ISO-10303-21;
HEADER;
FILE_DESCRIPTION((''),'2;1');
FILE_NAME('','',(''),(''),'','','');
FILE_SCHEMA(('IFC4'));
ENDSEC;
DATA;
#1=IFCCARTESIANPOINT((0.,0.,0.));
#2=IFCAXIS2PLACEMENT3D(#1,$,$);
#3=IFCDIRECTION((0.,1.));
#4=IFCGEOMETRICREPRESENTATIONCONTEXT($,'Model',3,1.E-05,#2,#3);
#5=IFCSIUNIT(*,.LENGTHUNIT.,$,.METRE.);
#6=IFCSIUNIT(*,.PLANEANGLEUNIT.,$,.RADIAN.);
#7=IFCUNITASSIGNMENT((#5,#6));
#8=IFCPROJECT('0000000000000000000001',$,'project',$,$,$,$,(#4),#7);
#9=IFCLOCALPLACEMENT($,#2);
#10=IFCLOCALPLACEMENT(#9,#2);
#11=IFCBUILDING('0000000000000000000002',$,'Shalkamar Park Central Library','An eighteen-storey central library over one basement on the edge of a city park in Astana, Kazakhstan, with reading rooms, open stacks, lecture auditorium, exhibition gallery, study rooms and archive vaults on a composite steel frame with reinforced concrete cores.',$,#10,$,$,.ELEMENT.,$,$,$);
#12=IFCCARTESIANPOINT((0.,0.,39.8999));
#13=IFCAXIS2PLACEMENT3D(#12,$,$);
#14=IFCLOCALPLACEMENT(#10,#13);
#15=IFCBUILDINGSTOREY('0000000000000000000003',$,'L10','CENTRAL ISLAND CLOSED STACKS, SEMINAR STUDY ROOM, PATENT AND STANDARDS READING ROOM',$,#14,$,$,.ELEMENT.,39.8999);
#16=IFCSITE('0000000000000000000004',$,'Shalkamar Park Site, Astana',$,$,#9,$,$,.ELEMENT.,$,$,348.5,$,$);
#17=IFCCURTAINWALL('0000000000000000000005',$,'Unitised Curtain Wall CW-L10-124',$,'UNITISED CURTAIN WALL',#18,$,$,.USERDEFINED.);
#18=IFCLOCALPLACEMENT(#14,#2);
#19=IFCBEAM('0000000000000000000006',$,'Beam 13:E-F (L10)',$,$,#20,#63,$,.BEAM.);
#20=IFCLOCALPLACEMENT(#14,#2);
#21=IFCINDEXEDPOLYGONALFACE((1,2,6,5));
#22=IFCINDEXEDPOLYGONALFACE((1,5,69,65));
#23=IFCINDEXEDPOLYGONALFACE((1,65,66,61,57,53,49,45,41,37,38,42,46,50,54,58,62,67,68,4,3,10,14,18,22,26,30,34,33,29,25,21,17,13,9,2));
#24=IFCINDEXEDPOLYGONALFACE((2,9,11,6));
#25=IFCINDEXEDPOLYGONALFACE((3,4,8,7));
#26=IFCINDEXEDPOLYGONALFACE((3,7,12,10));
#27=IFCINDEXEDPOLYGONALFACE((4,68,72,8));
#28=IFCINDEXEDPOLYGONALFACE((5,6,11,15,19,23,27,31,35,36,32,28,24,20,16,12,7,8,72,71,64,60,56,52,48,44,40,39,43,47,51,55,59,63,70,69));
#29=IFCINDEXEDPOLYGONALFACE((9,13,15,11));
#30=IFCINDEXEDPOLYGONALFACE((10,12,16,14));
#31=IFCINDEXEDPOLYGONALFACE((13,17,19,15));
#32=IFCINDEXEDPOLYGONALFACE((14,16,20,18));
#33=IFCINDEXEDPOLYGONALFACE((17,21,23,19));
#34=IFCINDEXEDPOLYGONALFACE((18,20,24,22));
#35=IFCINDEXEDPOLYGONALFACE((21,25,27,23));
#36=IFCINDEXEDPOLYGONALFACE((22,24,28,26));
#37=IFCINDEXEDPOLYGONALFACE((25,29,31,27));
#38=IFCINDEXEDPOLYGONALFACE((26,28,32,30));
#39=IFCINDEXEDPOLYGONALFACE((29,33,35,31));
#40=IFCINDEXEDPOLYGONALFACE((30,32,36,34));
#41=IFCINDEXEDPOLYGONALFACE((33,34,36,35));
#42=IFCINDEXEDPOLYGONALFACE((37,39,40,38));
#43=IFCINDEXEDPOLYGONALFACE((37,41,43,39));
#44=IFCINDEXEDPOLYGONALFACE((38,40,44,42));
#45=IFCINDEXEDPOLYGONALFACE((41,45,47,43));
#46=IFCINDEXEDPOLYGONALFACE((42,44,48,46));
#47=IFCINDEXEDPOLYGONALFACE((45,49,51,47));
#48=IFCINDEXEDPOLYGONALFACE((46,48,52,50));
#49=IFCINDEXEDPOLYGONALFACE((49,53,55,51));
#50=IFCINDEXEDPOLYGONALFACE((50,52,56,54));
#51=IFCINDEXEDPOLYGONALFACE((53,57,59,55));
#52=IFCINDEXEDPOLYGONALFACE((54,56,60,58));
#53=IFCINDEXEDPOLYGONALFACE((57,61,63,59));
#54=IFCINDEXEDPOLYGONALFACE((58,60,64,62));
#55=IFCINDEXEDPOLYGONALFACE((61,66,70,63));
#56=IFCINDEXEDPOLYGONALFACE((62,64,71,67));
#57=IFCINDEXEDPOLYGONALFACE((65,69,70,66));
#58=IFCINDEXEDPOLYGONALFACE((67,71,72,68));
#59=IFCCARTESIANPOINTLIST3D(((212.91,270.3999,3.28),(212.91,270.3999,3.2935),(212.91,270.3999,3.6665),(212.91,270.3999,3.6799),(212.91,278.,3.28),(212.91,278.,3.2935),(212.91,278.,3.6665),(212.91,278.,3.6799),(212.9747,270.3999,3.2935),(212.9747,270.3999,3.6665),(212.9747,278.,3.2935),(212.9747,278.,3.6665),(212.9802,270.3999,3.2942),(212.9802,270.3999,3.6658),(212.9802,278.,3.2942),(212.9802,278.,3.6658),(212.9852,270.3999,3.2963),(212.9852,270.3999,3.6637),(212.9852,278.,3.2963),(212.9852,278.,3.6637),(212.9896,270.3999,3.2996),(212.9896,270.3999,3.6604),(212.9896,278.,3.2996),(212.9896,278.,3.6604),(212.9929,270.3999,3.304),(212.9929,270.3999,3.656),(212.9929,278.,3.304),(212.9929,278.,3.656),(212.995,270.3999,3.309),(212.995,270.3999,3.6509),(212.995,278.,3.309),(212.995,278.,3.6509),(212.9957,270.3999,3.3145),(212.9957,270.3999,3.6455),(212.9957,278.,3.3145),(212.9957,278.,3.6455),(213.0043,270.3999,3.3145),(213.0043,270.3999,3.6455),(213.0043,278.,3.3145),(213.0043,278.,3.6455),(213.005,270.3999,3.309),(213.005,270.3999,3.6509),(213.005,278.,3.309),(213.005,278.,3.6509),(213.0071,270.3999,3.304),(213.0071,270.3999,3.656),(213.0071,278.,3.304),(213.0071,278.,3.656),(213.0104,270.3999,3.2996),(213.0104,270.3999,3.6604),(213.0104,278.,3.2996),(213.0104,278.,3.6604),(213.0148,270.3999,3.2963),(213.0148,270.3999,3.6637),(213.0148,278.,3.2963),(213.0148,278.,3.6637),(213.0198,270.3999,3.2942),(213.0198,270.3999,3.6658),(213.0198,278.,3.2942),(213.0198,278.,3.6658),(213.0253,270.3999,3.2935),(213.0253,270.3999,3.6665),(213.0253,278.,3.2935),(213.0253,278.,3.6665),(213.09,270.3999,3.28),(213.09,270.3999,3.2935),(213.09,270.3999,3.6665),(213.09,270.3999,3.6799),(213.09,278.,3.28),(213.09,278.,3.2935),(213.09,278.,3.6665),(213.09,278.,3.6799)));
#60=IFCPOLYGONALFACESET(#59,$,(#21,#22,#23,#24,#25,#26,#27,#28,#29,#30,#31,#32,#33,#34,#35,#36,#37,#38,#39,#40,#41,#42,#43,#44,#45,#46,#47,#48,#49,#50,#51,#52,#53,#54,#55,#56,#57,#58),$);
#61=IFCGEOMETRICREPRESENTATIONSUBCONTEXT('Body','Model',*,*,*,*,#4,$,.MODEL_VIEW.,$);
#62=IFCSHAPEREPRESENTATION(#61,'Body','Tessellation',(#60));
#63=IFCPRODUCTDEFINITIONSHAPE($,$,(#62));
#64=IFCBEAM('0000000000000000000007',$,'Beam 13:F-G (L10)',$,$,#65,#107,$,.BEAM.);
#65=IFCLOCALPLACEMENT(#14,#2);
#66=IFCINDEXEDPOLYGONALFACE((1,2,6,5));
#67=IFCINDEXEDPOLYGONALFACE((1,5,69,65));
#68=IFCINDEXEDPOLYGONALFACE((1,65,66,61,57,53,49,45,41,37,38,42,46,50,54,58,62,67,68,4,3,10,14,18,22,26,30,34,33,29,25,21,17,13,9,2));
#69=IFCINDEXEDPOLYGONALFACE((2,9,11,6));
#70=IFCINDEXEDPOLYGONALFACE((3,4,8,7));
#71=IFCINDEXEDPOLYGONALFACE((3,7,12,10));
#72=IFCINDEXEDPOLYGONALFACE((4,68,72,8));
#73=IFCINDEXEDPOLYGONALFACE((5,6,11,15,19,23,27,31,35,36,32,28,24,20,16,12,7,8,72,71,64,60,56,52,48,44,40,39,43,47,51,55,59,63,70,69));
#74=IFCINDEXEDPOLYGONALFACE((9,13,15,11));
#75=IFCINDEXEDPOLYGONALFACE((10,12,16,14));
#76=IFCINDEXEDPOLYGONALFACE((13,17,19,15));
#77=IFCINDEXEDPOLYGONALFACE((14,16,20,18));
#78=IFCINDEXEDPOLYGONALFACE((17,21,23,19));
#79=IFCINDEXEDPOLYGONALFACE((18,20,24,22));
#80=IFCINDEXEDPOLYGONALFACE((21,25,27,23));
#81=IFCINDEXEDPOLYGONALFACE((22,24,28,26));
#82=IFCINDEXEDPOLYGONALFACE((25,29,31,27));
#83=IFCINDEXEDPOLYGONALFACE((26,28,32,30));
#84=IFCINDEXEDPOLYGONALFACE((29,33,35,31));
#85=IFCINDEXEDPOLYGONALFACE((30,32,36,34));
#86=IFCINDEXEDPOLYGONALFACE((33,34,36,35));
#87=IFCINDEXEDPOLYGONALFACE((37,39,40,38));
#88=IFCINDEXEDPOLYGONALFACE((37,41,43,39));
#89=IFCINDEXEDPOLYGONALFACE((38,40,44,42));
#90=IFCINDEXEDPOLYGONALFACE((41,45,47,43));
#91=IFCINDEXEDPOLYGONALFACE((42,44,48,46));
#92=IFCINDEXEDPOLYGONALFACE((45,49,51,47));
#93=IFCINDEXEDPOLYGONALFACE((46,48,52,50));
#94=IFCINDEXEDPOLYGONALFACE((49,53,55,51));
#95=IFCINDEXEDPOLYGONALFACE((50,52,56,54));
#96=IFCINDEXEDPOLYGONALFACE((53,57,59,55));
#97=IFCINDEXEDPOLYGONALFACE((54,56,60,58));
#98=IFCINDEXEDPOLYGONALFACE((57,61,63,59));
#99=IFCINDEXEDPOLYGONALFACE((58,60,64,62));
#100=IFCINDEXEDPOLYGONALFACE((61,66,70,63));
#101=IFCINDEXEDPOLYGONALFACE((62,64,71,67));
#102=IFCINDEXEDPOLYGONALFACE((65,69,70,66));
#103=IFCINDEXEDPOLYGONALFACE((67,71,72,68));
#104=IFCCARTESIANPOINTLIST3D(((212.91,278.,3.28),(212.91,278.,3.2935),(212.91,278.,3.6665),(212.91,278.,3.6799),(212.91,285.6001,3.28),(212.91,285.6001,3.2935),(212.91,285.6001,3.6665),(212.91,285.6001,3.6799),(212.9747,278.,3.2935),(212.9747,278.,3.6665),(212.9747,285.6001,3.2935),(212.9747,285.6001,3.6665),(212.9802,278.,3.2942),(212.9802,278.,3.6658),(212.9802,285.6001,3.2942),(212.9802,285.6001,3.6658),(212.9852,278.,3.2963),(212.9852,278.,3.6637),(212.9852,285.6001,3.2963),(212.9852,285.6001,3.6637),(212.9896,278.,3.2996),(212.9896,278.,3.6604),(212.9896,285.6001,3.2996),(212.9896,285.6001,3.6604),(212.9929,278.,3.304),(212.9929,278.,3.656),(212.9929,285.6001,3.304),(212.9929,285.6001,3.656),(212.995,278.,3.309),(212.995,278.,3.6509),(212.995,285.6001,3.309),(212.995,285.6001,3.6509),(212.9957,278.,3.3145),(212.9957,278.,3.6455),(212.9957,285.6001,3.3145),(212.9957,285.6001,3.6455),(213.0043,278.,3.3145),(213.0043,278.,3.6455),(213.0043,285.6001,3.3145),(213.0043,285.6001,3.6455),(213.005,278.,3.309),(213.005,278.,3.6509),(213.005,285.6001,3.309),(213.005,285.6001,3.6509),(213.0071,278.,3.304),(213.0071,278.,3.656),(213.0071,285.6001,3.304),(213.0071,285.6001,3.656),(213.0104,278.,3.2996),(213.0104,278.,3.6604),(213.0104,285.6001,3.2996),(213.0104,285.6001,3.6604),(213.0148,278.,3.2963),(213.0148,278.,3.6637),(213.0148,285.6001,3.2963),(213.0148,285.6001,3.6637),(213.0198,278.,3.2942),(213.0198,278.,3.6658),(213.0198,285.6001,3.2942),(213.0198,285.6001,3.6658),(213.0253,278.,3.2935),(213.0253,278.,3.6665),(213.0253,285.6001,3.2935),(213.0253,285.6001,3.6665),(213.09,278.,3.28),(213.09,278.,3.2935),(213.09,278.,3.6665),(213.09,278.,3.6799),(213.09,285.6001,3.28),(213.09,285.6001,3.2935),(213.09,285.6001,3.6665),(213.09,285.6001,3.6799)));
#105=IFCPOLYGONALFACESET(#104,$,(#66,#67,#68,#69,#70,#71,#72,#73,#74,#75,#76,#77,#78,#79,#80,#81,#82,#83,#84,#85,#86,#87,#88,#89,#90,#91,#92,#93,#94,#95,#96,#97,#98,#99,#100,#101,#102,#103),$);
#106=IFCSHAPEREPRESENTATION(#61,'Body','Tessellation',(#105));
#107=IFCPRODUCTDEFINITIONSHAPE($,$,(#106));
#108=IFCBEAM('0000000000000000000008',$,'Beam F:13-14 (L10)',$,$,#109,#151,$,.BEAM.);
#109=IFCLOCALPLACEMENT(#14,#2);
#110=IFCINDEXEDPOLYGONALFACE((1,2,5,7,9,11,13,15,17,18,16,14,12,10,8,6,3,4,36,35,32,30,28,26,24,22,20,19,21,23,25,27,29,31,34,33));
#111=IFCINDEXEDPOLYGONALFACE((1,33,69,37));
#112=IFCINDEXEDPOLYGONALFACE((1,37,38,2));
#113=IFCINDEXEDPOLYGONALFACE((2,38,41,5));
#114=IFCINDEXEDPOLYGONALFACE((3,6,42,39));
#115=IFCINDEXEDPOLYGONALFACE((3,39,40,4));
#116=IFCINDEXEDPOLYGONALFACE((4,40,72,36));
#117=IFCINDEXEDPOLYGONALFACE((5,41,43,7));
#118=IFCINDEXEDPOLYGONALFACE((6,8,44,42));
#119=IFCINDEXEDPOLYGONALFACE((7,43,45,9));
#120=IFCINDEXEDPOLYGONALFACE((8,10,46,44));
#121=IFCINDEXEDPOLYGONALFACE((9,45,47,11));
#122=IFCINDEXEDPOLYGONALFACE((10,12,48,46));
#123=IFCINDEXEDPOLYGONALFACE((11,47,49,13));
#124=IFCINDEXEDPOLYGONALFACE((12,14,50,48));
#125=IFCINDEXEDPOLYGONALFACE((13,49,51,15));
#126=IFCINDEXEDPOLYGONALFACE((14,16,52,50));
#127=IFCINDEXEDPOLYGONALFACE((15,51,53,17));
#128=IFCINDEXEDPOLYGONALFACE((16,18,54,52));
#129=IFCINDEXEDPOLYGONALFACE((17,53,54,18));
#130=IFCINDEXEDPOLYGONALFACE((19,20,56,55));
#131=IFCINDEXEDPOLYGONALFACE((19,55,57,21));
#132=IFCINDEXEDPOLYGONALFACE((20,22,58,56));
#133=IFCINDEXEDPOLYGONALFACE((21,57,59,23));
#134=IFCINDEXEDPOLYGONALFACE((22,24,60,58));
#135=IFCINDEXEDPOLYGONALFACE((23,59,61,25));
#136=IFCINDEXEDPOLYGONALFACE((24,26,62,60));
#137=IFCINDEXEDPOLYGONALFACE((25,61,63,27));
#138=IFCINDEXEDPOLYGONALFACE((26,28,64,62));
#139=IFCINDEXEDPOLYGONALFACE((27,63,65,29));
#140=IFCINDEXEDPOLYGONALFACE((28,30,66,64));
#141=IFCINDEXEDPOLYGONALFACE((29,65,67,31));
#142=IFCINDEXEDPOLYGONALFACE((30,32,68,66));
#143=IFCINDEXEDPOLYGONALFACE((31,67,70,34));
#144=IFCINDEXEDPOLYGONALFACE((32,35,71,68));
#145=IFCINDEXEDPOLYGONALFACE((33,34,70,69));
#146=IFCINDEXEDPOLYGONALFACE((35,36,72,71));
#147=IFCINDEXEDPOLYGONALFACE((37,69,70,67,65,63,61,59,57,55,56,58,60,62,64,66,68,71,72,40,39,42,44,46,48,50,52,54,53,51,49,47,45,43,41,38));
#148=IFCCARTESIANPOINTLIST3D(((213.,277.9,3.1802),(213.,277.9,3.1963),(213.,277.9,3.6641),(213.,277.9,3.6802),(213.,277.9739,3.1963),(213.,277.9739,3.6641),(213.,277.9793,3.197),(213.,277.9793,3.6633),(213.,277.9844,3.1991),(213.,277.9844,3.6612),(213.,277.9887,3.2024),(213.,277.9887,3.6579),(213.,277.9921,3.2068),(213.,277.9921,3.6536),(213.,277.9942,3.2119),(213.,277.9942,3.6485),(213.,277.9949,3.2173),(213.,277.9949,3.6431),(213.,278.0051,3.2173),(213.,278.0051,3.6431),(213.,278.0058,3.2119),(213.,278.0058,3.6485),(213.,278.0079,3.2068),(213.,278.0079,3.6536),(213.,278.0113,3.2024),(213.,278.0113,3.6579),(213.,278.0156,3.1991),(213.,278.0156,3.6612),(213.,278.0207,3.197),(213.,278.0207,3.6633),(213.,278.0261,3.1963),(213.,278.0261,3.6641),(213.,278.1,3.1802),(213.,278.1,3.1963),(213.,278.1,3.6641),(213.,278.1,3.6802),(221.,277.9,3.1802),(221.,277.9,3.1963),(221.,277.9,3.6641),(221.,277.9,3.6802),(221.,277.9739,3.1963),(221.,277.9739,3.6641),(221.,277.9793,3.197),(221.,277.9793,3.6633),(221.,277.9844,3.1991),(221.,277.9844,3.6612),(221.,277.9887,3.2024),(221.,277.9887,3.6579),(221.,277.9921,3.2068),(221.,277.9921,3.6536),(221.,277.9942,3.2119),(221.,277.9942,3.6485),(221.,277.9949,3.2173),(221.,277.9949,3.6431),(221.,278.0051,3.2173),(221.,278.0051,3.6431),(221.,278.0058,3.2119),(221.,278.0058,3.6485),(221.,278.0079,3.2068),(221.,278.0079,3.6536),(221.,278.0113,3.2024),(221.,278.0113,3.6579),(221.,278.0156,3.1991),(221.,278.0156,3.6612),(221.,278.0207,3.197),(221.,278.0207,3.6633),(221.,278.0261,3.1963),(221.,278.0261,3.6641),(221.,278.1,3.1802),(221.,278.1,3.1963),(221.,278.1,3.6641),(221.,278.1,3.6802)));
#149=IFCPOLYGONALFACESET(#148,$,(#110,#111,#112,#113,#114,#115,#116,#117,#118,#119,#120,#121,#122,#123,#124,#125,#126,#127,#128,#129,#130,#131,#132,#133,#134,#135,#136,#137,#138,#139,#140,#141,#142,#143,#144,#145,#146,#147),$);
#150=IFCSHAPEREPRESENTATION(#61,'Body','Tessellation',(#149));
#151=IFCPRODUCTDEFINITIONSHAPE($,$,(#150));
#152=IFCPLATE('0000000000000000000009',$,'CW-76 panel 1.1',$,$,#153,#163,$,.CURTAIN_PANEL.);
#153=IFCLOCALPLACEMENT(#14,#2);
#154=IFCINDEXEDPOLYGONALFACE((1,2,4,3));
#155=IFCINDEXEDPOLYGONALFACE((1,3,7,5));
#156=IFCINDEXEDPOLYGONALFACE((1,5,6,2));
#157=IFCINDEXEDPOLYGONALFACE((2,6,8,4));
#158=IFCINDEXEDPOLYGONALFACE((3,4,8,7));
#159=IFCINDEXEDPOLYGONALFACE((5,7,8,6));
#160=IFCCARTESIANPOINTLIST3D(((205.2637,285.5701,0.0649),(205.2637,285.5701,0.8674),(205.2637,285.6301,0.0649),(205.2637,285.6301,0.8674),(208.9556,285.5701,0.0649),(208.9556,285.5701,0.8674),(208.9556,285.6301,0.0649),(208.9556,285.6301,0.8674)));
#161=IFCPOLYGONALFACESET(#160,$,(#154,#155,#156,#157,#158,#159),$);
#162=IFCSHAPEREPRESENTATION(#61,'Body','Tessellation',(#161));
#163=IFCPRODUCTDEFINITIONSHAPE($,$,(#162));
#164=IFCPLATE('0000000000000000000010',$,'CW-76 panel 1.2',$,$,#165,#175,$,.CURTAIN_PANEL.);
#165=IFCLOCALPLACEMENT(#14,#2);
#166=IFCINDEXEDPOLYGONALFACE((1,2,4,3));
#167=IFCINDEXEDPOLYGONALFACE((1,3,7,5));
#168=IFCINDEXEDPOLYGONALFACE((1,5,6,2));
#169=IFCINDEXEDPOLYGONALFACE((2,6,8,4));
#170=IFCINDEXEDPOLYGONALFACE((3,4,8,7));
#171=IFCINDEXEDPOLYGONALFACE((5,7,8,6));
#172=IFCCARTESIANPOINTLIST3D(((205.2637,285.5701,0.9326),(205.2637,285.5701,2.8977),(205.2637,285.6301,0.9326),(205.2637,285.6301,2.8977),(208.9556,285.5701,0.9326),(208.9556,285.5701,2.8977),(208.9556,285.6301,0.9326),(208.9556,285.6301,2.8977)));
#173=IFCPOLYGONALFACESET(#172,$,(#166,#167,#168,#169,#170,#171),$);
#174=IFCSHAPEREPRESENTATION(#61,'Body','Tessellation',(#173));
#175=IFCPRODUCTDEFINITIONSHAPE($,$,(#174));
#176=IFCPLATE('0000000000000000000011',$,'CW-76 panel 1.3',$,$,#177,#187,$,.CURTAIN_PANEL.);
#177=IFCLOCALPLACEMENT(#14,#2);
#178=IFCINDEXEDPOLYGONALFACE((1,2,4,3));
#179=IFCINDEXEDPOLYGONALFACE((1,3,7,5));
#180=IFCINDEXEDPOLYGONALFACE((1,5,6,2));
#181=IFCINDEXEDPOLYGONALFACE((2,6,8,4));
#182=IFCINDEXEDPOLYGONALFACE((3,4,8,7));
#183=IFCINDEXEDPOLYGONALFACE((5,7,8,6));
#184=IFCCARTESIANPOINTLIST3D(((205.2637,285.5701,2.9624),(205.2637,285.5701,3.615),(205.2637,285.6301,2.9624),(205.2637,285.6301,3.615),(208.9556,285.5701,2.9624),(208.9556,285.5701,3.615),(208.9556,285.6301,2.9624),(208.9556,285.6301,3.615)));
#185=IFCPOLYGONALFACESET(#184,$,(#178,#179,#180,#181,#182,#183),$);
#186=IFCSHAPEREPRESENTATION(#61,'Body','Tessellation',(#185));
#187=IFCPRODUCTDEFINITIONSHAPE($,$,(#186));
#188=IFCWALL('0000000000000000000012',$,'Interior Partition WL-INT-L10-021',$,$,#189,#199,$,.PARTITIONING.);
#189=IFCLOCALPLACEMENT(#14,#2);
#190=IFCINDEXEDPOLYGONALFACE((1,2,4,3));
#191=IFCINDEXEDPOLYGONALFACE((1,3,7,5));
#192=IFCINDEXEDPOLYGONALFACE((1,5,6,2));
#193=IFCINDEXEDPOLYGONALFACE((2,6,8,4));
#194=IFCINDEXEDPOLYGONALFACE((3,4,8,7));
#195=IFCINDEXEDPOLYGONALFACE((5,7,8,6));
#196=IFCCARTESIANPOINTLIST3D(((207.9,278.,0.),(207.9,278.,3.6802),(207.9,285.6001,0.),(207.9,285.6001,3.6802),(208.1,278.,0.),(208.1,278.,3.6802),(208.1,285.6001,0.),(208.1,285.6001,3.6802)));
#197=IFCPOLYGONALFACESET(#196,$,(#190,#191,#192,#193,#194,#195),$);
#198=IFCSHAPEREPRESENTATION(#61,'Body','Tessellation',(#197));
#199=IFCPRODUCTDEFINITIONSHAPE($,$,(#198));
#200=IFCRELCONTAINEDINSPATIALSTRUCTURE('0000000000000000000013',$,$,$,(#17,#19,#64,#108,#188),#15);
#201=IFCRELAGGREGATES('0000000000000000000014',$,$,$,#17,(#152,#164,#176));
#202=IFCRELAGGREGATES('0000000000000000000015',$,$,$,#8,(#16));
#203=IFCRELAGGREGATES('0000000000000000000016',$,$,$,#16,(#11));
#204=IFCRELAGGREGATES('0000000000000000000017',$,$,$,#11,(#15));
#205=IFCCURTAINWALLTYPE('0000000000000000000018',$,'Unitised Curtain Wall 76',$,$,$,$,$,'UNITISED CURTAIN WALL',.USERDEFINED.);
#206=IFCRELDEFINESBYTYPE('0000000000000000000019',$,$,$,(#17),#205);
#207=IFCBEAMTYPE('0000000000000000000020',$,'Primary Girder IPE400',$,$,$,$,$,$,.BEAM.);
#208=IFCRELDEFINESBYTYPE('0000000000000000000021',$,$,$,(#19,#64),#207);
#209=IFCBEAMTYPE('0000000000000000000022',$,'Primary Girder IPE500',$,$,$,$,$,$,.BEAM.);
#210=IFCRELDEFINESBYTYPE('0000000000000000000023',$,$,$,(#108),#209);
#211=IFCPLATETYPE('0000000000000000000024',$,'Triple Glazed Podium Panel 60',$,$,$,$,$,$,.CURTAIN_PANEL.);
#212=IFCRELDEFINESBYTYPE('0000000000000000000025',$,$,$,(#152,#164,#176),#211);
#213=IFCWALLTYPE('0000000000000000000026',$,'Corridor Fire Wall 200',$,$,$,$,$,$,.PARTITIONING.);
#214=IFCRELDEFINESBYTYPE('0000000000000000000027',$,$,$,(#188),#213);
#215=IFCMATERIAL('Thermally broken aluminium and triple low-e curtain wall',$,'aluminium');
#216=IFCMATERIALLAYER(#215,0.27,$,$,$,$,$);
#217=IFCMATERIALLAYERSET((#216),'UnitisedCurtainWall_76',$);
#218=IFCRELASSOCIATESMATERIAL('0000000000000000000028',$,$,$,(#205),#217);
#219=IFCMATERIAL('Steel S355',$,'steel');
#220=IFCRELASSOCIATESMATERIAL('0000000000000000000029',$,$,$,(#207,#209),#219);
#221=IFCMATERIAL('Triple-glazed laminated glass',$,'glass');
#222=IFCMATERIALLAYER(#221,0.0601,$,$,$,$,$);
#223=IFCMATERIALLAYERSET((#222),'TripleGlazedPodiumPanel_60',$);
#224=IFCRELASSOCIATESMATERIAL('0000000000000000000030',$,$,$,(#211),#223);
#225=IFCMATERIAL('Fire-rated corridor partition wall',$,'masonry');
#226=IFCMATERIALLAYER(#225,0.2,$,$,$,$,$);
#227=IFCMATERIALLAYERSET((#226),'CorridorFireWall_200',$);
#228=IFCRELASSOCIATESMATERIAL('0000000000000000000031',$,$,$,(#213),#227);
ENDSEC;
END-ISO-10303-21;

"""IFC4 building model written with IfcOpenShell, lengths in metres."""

from ifc_helpers import new_model, si_unit, direction, frame, frame_2d, origin, origin_2d, place, context, subcontext, project, spatial, rectangle, i_section, extrude, material, layer, layer_set, material_profile, profile_set, type_object, element, aggregate, save


model = new_model("IFC4")

# Units and contexts
model_context = context("Model", 3, precision=1e-05, world=origin(), true_north=direction((0.0, 1.0)))
body_context = subcontext(model_context, "Body", "Model", "MODEL_VIEW")
ifc_project = project(units=[si_unit("LENGTHUNIT", "METRE"), si_unit("PLANEANGLEUNIT", "RADIAN")], contexts=[model_context])

# Site, building, storey
site_placement = place(None, origin())
site = spatial("IfcSite", under=ifc_project, at=site_placement, Name="Shalkamar Park Site, Astana", CompositionType="ELEMENT", RefElevation=348.5)
building_placement = place(site_placement, origin())
building = spatial("IfcBuilding", under=site, at=building_placement, Name="Shalkamar Park Central Library", Description="An eighteen-storey central library over one basement on the edge of a city park in Astana, Kazakhstan, with reading rooms, open stacks, lecture auditorium, exhibition gallery, study rooms and archive vaults on a composite steel frame with reinforced concrete cores.", CompositionType="ELEMENT")
storey_placement = place(building_placement, frame((0.0, 0.0, 39.8999)))
storey = spatial("IfcBuildingStorey", under=building, at=storey_placement, Name="L10", Description="CENTRAL ISLAND CLOSED STACKS, SEMINAR STUDY ROOM, PATENT AND STANDARDS READING ROOM", CompositionType="ELEMENT", Elevation=39.8999)

# Shared definitions
ifc_material_1 = material(Name="Steel S355", Category="steel")

# Curtain wall
ifc_material_2 = material(Name="Thermally broken aluminium and triple low-e curtain wall", Category="aluminium")
ifc_layer_1 = layer(ifc_material_2, 0.27)
ifc_layer_set_1 = layer_set([ifc_layer_1], Name="UnitisedCurtainWall_76")
curtain_wall_type = type_object("IfcCurtainWallType", Name="Unitised Curtain Wall 76", ElementType="UNITISED CURTAIN WALL", PredefinedType="USERDEFINED", material=ifc_layer_set_1)
curtain_wall_placement = place(storey_placement, origin())
curtain_wall = element("IfcCurtainWall", 1, at=curtain_wall_placement, inside=storey, type_object=curtain_wall_type, Name="Unitised Curtain Wall CW-L10-124", ObjectType="UNITISED CURTAIN WALL", PredefinedType="USERDEFINED")

# Beams
ifc_material_profile_1 = material_profile(ifc_material_1, i_section(OverallWidth=0.1799, OverallDepth=0.3999, WebThickness=0.0085, FlangeThickness=0.0134, FilletRadius=0.021, at=origin_2d()), Name="IPE 400")
ifc_profile_set_1 = profile_set([ifc_material_profile_1], Name="Steel S355")
beam_type_1 = type_object("IfcBeamType", Name="Primary Girder IPE400", PredefinedType="BEAM", material=ifc_profile_set_1)
for number, where, z_axis, x_axis, name in (
    (2, (213.0, 270.3999, 3.48), (0.0, 1.0, 0.0), (-1.0, 0.0, 0.0), "Beam 13:E-F (L10)"),
    (3, (213.0, 278.0, 3.48), (0.0, 1.0, 0.0), (-1.0, 0.0, 0.0), "Beam 13:F-G (L10)"),
):
    element("IfcBeam", number, at=place(storey_placement, frame(where, z_axis=z_axis, x_axis=x_axis)), inside=storey, type_object=beam_type_1, Name=name, PredefinedType="BEAM", context=body_context, shape_type="SweptSolid", body=[
        extrude(i_section(OverallWidth=0.1799, OverallDepth=0.3999, WebThickness=0.0085, FlangeThickness=0.0134, FilletRadius=0.021, at=origin_2d()), origin(), (0.0, 0.0, 1.0), 7.6001),
    ])
ifc_material_profile_2 = material_profile(ifc_material_1, i_section(OverallWidth=0.2, OverallDepth=0.5, WebThickness=0.0103, FlangeThickness=0.0161, FilletRadius=0.021, at=origin_2d()), Name="IPE 500")
ifc_profile_set_2 = profile_set([ifc_material_profile_2], Name="Steel S355")
beam_type_2 = type_object("IfcBeamType", Name="Primary Girder IPE500", PredefinedType="BEAM", material=ifc_profile_set_2)
beam_1_placement = place(storey_placement, frame((213.0, 278.0, 3.4302), z_axis=(1.0, 0.0, 0.0), x_axis=(0.0, 1.0, 0.0)))
element("IfcBeam", 4, at=beam_1_placement, inside=storey, type_object=beam_type_2, Name="Beam F:13-14 (L10)", PredefinedType="BEAM", context=body_context, shape_type="SweptSolid", body=[
    extrude(i_section(OverallWidth=0.2, OverallDepth=0.5, WebThickness=0.0103, FlangeThickness=0.0161, FilletRadius=0.021, at=origin_2d()), origin(), (0.0, 0.0, 1.0), 8.0),
])

# Plates
ifc_material_3 = material(Name="Triple-glazed laminated glass", Category="glass")
ifc_layer_2 = layer(ifc_material_3, 0.0601)
ifc_layer_set_2 = layer_set([ifc_layer_2], Name="TripleGlazedPodiumPanel_60")
plate_type = type_object("IfcPlateType", Name="Triple Glazed Podium Panel 60", PredefinedType="CURTAIN_PANEL", material=ifc_layer_set_2)
plate_1_placement = place(storey_placement, frame((207.1096, 285.6001, 0.0649), z_axis=(0.0, 0.0, 1.0), x_axis=(1.0, 0.0, 0.0)))
plate_1 = element("IfcPlate", 5, at=plate_1_placement, type_object=plate_type, Name="CW-76 panel 1.1", PredefinedType="CURTAIN_PANEL", context=body_context, shape_type="SweptSolid", body=[
    extrude(rectangle(XDim=3.6919, YDim=0.0601, at=origin_2d()), origin(), (0.0, 0.0, 1.0), 0.8025),
])
plate_2_placement = place(storey_placement, frame((207.1096, 285.6001, 0.9326), z_axis=(0.0, 0.0, 1.0), x_axis=(1.0, 0.0, 0.0)))
plate_2 = element("IfcPlate", 6, at=plate_2_placement, type_object=plate_type, Name="CW-76 panel 1.2", PredefinedType="CURTAIN_PANEL", context=body_context, shape_type="SweptSolid", body=[
    extrude(rectangle(XDim=3.6919, YDim=0.0601, at=origin_2d()), origin(), (0.0, 0.0, 1.0), 1.9651),
])
plate_3_placement = place(storey_placement, frame((207.1096, 285.6001, 2.9624), z_axis=(0.0, 0.0, 1.0), x_axis=(1.0, 0.0, 0.0)))
plate_3 = element("IfcPlate", 7, at=plate_3_placement, type_object=plate_type, Name="CW-76 panel 1.3", PredefinedType="CURTAIN_PANEL", context=body_context, shape_type="SweptSolid", body=[
    extrude(rectangle(XDim=3.6919, YDim=0.0601, at=origin_2d()), origin(), (0.0, 0.0, 1.0), 0.6526),
])
aggregate(curtain_wall, [plate_1, plate_2, plate_3])

# Wall
ifc_material_4 = material(Name="Fire-rated corridor partition wall", Category="masonry")
ifc_layer_3 = layer(ifc_material_4, 0.2)
ifc_layer_set_3 = layer_set([ifc_layer_3], Name="CorridorFireWall_200")
wall_type_1 = type_object("IfcWallType", Name="Corridor Fire Wall 200", PredefinedType="PARTITIONING", material=ifc_layer_set_3)
wall_1_placement = place(storey_placement, frame((208.0, 278.0, 0.0), z_axis=(0.0, 0.0, 1.0), x_axis=(0.0, 1.0, 0.0)))
element("IfcWall", 8, at=wall_1_placement, inside=storey, type_object=wall_type_1, Name="Interior Partition WL-INT-L10-021", PredefinedType="PARTITIONING", context=body_context, shape_type="SweptSolid", body=[
    extrude(rectangle(XDim=7.6001, YDim=0.2, at=frame_2d((3.8, 0.0))), origin(), (0.0, 0.0, 1.0), 3.6802),
])

save(model, "model.ifc")
